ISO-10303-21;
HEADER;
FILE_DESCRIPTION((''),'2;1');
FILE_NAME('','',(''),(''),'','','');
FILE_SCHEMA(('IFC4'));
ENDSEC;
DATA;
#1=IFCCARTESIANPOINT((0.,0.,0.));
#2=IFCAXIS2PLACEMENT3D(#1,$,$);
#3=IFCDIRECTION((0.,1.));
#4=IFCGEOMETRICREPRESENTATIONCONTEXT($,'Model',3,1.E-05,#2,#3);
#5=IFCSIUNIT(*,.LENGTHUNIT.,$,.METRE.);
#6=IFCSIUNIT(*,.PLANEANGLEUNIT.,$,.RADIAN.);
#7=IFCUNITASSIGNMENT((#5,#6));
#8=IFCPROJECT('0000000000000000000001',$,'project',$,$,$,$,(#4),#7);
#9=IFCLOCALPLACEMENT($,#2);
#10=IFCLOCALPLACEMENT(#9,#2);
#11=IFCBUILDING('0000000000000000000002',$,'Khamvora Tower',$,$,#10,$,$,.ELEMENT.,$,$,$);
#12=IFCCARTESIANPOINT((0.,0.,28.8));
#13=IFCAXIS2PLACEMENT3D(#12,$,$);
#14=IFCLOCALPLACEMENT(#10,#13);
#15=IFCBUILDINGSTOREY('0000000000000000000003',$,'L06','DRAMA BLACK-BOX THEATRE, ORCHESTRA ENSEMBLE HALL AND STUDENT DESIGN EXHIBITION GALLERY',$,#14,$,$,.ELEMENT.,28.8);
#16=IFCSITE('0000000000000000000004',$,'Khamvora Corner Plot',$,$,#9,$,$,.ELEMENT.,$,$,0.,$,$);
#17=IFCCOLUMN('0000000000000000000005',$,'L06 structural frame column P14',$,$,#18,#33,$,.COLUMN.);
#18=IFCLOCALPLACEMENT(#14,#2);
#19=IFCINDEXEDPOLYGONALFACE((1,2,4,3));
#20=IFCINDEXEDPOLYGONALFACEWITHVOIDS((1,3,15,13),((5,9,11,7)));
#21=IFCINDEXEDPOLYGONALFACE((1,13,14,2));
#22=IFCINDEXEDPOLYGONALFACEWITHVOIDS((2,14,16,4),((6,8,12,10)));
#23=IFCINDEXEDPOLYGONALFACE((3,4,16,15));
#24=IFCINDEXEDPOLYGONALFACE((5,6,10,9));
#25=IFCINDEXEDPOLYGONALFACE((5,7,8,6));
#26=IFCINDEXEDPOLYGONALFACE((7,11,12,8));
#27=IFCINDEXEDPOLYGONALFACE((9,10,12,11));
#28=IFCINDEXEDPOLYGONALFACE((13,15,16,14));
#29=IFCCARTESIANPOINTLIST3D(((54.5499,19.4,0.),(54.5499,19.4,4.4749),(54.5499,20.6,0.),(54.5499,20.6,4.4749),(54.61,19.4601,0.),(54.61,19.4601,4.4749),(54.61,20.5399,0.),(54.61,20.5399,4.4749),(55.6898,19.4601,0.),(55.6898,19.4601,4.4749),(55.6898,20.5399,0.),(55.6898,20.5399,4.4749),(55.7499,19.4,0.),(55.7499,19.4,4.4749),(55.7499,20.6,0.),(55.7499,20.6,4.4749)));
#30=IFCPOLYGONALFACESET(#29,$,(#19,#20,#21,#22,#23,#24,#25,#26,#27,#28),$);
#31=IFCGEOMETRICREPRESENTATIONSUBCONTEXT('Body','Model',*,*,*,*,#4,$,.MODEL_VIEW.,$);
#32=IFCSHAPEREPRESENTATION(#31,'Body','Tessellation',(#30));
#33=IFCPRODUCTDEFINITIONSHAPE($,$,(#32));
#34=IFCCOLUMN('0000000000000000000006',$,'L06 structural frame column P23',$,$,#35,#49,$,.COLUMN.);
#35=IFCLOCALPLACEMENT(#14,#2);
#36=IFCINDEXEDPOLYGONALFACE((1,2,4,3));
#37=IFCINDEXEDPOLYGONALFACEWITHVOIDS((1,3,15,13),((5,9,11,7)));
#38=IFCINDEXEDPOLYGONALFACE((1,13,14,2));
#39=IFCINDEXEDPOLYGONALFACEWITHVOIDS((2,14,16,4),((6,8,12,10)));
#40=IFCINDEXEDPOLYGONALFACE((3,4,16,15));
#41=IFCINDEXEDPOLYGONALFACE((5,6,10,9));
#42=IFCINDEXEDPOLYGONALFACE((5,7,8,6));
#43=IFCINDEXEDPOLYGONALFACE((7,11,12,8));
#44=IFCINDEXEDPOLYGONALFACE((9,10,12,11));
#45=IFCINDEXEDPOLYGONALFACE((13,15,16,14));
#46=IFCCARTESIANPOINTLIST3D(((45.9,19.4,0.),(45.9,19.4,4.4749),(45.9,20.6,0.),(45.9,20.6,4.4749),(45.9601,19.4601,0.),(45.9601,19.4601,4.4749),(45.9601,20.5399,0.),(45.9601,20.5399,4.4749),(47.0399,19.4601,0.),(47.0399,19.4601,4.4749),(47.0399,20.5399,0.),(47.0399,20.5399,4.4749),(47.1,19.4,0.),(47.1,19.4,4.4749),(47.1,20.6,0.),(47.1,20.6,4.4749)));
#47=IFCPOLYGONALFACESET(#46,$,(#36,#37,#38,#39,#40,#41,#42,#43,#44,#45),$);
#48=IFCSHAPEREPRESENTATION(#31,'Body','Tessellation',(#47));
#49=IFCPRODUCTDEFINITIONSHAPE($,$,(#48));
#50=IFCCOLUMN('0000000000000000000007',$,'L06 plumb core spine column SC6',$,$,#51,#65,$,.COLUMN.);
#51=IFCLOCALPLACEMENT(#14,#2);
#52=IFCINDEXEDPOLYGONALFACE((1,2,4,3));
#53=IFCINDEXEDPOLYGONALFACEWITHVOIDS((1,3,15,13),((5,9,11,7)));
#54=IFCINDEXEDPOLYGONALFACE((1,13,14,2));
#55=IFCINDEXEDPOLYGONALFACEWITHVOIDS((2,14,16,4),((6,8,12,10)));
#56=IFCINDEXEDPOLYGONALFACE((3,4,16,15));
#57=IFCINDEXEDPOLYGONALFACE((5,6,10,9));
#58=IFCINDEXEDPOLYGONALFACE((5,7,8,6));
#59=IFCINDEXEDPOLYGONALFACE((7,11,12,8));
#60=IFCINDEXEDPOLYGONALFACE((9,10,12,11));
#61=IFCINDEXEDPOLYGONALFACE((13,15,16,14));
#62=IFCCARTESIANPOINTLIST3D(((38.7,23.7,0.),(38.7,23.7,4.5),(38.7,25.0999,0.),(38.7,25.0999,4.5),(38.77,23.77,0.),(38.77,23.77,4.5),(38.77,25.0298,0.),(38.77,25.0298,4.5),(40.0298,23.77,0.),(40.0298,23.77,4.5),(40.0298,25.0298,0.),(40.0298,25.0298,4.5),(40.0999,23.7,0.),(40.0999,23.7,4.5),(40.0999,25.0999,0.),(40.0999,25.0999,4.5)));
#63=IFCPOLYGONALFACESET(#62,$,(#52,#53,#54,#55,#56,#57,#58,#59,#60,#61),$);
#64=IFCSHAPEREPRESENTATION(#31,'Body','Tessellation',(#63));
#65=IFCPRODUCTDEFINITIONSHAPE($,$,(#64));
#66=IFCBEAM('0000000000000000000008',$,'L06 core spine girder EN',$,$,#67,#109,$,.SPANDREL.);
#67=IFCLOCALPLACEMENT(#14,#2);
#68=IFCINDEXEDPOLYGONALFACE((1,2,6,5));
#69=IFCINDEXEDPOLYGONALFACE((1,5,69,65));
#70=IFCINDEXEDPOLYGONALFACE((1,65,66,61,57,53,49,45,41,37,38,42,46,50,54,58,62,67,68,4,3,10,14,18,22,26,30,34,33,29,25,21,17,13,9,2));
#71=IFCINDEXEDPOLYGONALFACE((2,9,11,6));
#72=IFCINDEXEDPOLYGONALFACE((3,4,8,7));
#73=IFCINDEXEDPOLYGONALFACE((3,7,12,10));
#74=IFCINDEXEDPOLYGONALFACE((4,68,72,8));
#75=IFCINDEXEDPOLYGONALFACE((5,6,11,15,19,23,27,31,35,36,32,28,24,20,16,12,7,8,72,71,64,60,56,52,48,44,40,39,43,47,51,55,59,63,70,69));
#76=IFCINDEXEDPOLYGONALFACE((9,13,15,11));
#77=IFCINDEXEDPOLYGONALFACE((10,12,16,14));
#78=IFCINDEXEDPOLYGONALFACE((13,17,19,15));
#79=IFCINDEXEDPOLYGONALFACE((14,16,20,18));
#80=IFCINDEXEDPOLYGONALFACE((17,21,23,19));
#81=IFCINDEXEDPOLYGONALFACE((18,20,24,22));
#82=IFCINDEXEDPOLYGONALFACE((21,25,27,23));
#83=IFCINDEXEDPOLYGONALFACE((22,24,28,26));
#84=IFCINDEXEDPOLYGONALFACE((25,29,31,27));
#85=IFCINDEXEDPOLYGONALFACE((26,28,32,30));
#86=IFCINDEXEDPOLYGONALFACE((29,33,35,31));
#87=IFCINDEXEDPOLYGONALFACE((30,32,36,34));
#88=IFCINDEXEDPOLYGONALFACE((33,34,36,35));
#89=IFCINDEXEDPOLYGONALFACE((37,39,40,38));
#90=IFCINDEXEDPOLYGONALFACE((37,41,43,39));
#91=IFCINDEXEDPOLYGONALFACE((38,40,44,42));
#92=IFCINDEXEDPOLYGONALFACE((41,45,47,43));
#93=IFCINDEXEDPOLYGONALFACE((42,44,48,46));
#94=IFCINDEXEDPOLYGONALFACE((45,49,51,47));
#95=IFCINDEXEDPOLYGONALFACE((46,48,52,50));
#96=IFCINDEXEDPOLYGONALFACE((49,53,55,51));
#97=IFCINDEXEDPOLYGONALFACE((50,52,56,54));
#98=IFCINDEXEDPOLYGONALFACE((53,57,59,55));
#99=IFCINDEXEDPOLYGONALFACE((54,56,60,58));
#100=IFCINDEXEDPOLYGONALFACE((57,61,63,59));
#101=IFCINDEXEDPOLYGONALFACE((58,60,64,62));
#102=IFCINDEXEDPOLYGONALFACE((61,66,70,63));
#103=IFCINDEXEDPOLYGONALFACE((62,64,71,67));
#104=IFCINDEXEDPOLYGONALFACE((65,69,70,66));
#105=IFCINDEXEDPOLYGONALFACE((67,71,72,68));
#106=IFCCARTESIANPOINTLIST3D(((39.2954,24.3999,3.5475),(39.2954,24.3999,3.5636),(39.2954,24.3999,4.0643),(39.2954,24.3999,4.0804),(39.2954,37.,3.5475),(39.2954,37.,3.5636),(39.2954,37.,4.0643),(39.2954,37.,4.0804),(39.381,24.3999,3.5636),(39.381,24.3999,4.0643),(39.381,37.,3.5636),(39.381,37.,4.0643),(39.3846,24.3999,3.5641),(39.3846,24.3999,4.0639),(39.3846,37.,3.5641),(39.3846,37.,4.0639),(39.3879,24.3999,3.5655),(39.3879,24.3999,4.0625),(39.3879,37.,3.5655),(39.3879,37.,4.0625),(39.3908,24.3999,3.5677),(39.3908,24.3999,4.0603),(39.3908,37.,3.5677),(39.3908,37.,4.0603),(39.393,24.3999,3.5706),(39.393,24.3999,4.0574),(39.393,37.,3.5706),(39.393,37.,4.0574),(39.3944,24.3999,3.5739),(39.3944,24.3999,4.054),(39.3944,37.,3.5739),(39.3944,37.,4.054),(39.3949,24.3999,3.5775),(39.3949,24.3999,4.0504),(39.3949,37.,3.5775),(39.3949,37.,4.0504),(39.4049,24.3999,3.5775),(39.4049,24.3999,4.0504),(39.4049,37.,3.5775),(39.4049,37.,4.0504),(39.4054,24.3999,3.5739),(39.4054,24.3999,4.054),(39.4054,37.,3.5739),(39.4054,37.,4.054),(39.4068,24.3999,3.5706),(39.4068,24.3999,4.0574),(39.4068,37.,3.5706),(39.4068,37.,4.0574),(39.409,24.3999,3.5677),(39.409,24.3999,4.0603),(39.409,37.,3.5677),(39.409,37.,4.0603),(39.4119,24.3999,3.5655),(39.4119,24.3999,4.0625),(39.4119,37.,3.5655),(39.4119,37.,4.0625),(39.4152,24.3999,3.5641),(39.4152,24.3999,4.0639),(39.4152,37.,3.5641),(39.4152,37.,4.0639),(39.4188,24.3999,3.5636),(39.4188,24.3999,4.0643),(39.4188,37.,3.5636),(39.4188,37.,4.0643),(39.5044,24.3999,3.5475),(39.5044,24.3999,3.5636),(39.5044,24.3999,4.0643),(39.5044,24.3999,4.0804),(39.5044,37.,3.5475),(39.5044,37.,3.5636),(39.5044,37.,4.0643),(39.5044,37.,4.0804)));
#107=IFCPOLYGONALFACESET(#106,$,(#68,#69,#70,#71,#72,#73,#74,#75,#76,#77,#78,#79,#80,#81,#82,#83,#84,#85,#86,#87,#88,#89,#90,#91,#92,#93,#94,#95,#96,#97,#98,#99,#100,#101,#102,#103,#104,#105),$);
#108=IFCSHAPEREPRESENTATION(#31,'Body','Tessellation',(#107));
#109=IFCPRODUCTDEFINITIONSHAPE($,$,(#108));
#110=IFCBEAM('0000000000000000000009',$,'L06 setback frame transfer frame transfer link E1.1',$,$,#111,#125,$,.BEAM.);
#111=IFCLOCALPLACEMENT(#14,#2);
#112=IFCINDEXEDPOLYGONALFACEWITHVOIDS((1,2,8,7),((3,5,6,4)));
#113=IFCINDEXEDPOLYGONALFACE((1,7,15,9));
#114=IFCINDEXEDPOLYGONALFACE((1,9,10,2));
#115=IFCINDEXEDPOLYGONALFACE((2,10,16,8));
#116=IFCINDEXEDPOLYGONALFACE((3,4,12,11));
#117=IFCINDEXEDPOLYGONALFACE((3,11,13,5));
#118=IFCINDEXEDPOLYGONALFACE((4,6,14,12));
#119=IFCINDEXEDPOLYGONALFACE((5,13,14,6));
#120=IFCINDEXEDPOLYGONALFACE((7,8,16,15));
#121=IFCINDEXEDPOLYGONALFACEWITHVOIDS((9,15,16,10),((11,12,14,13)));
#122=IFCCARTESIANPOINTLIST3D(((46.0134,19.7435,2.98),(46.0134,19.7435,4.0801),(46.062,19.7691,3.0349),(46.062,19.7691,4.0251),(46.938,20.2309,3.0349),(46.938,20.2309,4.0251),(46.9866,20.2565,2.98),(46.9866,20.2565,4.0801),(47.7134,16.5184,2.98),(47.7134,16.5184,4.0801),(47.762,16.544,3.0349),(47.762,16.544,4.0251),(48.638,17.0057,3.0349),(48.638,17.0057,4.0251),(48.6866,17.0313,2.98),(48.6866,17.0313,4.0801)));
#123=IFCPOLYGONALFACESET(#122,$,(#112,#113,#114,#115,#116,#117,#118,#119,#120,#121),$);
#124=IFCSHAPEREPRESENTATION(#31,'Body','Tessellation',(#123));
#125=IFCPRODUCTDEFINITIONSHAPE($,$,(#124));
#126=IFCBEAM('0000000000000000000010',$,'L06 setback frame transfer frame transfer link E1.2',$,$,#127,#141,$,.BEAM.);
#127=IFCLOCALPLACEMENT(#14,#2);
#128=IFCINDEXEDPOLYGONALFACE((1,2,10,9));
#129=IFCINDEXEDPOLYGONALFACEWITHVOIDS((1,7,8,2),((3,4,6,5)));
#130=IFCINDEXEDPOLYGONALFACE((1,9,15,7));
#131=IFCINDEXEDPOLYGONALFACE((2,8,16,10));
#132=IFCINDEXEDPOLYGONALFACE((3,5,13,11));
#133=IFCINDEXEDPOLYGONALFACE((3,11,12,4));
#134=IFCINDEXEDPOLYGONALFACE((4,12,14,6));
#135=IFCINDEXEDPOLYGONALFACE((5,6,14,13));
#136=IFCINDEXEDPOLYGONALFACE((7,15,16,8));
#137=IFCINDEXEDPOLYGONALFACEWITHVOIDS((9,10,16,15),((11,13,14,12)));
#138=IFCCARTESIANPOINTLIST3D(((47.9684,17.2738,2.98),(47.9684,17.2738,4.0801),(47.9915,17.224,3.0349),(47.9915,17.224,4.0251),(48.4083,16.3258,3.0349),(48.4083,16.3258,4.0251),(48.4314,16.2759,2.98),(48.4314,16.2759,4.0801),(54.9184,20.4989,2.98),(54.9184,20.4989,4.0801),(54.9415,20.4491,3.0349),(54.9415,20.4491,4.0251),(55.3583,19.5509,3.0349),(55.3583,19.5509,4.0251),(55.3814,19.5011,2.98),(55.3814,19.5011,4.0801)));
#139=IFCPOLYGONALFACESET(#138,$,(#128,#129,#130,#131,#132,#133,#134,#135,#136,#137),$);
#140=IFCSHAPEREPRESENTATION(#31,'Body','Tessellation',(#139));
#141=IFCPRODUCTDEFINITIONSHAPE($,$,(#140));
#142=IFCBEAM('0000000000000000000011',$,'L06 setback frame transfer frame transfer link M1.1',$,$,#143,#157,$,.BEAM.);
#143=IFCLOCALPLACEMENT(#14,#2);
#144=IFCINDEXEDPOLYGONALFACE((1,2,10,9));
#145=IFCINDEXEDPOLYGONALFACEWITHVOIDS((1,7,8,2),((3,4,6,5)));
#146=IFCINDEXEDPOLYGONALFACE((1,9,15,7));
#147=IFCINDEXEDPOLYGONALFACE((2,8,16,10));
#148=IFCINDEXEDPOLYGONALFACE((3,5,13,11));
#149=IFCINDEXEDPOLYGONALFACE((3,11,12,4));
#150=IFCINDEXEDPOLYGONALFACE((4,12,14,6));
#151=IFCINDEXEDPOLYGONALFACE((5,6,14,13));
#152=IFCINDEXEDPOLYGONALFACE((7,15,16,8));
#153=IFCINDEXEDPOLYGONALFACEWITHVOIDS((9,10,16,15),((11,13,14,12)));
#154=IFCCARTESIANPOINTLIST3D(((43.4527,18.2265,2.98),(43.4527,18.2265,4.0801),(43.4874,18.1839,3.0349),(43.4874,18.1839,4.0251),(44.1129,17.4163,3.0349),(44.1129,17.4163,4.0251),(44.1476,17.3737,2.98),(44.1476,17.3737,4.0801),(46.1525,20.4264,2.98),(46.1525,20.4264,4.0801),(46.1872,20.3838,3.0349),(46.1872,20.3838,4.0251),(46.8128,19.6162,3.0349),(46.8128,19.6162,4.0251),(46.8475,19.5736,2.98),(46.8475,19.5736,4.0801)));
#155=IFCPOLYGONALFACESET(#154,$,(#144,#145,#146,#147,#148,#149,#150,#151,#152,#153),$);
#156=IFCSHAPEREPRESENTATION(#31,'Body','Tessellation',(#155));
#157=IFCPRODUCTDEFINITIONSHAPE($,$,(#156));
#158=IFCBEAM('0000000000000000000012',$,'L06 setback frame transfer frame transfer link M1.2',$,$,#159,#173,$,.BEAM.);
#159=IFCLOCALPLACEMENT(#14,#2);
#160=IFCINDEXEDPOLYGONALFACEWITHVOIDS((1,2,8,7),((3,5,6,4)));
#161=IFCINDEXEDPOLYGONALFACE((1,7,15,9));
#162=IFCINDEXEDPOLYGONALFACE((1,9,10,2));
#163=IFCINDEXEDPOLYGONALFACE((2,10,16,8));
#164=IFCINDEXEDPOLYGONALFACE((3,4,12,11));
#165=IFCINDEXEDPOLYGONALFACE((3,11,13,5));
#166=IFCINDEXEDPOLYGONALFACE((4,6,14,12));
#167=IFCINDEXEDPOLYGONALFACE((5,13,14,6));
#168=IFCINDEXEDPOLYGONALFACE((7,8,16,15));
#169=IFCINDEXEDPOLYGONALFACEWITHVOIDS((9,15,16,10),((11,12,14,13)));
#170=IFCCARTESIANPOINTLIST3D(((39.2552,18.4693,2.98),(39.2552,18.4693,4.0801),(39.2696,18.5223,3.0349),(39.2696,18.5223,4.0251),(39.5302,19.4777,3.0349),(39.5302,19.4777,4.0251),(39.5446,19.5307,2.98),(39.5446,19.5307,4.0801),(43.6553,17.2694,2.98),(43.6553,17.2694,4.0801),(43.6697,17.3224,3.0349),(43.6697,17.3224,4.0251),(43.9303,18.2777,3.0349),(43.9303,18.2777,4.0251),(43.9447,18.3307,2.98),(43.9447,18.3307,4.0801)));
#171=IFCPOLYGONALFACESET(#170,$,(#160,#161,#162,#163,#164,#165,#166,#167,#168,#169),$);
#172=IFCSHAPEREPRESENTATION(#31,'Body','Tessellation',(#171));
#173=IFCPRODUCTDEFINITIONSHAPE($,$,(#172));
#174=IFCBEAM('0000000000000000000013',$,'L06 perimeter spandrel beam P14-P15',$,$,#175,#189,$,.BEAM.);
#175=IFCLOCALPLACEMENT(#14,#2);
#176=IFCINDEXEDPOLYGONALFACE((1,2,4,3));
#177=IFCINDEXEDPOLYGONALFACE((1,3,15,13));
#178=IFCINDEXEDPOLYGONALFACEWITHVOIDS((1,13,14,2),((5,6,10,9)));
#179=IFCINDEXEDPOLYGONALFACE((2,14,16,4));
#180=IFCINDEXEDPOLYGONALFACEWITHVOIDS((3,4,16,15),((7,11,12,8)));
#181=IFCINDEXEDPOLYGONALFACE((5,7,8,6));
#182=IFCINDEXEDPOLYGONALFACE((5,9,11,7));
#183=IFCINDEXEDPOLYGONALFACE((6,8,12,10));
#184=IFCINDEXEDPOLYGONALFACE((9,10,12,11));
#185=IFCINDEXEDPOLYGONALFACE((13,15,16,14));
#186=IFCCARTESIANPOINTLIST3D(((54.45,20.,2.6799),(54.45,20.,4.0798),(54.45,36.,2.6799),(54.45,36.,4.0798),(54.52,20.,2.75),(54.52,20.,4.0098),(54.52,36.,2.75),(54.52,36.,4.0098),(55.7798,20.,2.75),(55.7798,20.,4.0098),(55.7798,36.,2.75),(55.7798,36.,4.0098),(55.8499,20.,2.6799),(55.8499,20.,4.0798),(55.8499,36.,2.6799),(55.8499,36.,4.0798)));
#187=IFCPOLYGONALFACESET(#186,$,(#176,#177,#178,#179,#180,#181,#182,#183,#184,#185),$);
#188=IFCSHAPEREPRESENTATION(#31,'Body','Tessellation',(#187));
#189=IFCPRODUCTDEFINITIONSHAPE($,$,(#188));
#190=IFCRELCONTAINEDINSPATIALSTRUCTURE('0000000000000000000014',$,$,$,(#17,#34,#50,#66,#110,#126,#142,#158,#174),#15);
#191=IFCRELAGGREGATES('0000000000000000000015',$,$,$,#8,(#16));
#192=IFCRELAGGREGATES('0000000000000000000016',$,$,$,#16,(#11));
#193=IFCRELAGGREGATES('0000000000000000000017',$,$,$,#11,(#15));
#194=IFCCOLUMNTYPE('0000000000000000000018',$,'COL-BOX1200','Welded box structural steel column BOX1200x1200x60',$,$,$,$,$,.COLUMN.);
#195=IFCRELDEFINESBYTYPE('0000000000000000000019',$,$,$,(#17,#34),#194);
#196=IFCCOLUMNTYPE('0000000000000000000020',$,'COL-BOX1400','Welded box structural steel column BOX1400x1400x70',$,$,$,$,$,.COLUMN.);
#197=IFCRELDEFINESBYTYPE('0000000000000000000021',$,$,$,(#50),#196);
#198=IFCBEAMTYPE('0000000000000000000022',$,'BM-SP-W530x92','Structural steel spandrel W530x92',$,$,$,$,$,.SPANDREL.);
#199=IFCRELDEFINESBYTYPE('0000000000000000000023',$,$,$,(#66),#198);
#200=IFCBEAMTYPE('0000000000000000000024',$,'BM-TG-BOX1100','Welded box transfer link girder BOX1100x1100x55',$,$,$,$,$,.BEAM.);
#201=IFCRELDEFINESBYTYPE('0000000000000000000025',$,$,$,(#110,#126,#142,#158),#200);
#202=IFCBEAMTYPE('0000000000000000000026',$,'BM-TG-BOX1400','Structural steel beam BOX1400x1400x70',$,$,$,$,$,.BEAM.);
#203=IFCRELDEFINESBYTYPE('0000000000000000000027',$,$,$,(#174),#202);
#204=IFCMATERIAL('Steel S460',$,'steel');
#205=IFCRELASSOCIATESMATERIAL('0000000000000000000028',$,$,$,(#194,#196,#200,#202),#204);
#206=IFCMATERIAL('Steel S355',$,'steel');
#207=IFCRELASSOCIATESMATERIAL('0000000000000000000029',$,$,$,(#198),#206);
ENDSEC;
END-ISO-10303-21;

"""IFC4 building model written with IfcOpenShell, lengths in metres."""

from ifc_helpers import new_model, si_unit, direction, frame, origin, origin_2d, place, context, subcontext, project, spatial, hollow_rectangle, i_section, extrude, material, material_profile, profile_set, type_object, element, save


model = new_model("IFC4")

# Units and contexts
model_context = context("Model", 3, precision=1e-05, world=origin(), true_north=direction((0.0, 1.0)))
body_context = subcontext(model_context, "Body", "Model", "MODEL_VIEW")
ifc_project = project(units=[si_unit("LENGTHUNIT", "METRE"), si_unit("PLANEANGLEUNIT", "RADIAN")], contexts=[model_context])

# Site, building, storey
site_placement = place(None, origin())
site = spatial("IfcSite", under=ifc_project, at=site_placement, Name="Khamvora Corner Plot", CompositionType="ELEMENT", RefElevation=0.0)
building_placement = place(site_placement, origin())
building = spatial("IfcBuilding", under=site, at=building_placement, Name="Khamvora Tower", CompositionType="ELEMENT")
storey_placement = place(building_placement, frame((0.0, 0.0, 28.8)))
storey = spatial("IfcBuildingStorey", under=building, at=storey_placement, Name="L06", Description="DRAMA BLACK-BOX THEATRE, ORCHESTRA ENSEMBLE HALL AND STUDENT DESIGN EXHIBITION GALLERY", CompositionType="ELEMENT", Elevation=28.8)

# Columns
ifc_material_1 = material(Name="Steel S460", Category="steel")
ifc_material_profile_1 = material_profile(ifc_material_1, hollow_rectangle(XDim=1.2, YDim=1.2, WallThickness=0.0601, at=origin_2d()), Name="BOX1200x1200x60")
ifc_profile_set_1 = profile_set([ifc_material_profile_1], Name="Steel S460")
column_type_1 = type_object("IfcColumnType", Name="COL-BOX1200", Description="Welded box structural steel column BOX1200x1200x60", PredefinedType="COLUMN", material=ifc_profile_set_1)
for number, where, z_axis, x_axis, name in (
    (1, (55.1499, 20.0, 0.0), (0.0, 0.0, 1.0), (1.0, 0.0, 0.0), "L06 structural frame column P14"),
    (2, (46.5, 20.0, 0.0), (0.0, 0.0, 1.0), (1.0, 0.0, 0.0), "L06 structural frame column P23"),
):
    element("IfcColumn", number, at=place(storey_placement, frame(where, z_axis=z_axis, x_axis=x_axis)), inside=storey, type_object=column_type_1, Name=name, PredefinedType="COLUMN", context=body_context, shape_type="SweptSolid", body=[
        extrude(hollow_rectangle(XDim=1.2, YDim=1.2, WallThickness=0.0601, at=origin_2d()), origin(), (0.0, 0.0, 1.0), 4.4749),
    ])
ifc_material_profile_2 = material_profile(ifc_material_1, hollow_rectangle(XDim=1.3999, YDim=1.3999, WallThickness=0.0701, at=origin_2d()), Name="BOX1400x1400x70")
ifc_profile_set_2 = profile_set([ifc_material_profile_2], Name="Steel S460")
column_type_2 = type_object("IfcColumnType", Name="COL-BOX1400", Description="Welded box structural steel column BOX1400x1400x70", PredefinedType="COLUMN", material=ifc_profile_set_2)
column_placement = place(storey_placement, frame((39.3999, 24.3999, 0.0), z_axis=(0.0, 0.0, 1.0), x_axis=(1.0, 0.0, 0.0)))
element("IfcColumn", 3, at=column_placement, inside=storey, type_object=column_type_2, Name="L06 plumb core spine column SC6", PredefinedType="COLUMN", context=body_context, shape_type="SweptSolid", body=[
    extrude(hollow_rectangle(XDim=1.3999, YDim=1.3999, WallThickness=0.0701, at=origin_2d()), origin(), (0.0, 0.0, 1.0), 4.5),
])

# Beams
ifc_material_2 = material(Name="Steel S355", Category="steel")
ifc_material_profile_3 = material_profile(ifc_material_2, i_section(OverallWidth=0.209, OverallDepth=0.533, WebThickness=0.01, FlangeThickness=0.0161, FilletRadius=0.0139, at=origin_2d()), Name="W530x92")
ifc_profile_set_3 = profile_set([ifc_material_profile_3], Name="Steel S355")
beam_type_1 = type_object("IfcBeamType", Name="BM-SP-W530x92", Description="Structural steel spandrel W530x92", PredefinedType="SPANDREL", material=ifc_profile_set_3)
beam_1_placement = place(storey_placement, frame((39.3999, 24.3999, 3.814), z_axis=(0.0, 1.0, 0.0), x_axis=(-1.0, 0.0, 0.0)))
element("IfcBeam", 4, at=beam_1_placement, inside=storey, type_object=beam_type_1, Name="L06 core spine girder EN", PredefinedType="SPANDREL", context=body_context, shape_type="SweptSolid", body=[
    extrude(i_section(OverallWidth=0.209, OverallDepth=0.533, WebThickness=0.01, FlangeThickness=0.0161, FilletRadius=0.0139, at=origin_2d()), origin(), (0.0, 0.0, 1.0), 12.6001),
])
ifc_material_profile_4 = material_profile(ifc_material_1, hollow_rectangle(XDim=1.1001, YDim=1.1001, WallThickness=0.0549, at=origin_2d()), Name="BOX1100x1100x55")
ifc_profile_set_4 = profile_set([ifc_material_profile_4], Name="Steel S460")
beam_type_2 = type_object("IfcBeamType", Name="BM-TG-BOX1100", Description="Welded box transfer link girder BOX1100x1100x55", PredefinedType="BEAM", material=ifc_profile_set_4)
beam_2_placement = place(storey_placement, frame((46.5, 20.0, 3.53), z_axis=(0.46629, -0.884632, 0.0), x_axis=(0.884632, 0.46629, 0.0)))
element("IfcBeam", 5, at=beam_2_placement, inside=storey, type_object=beam_type_2, Name="L06 setback frame transfer frame transfer link E1.1", PredefinedType="BEAM", context=body_context, shape_type="SweptSolid", body=[
    extrude(hollow_rectangle(XDim=1.1001, YDim=1.1001, WallThickness=0.0549, at=origin_2d()), origin(), (0.0, 0.0, 1.0), 3.6458),
])
beam_3_placement = place(storey_placement, frame((55.1499, 20.0, 3.53), z_axis=(-0.907092, -0.420932, 0.0), x_axis=(0.420932, -0.907092, 0.0)))
element("IfcBeam", 6, at=beam_3_placement, inside=storey, type_object=beam_type_2, Name="L06 setback frame transfer frame transfer link E1.2", PredefinedType="BEAM", context=body_context, shape_type="SweptSolid", body=[
    extrude(hollow_rectangle(XDim=1.1001, YDim=1.1001, WallThickness=0.0549, at=origin_2d()), origin(), (0.0, 0.0, 1.0), 7.6619),
])
beam_4_placement = place(storey_placement, frame((46.5, 20.0, 3.53), z_axis=(-0.775236, -0.631671, 0.0), x_axis=(0.631671, -0.775236, 0.0)))
element("IfcBeam", 7, at=beam_4_placement, inside=storey, type_object=beam_type_2, Name="L06 setback frame transfer frame transfer link M1.1", PredefinedType="BEAM", context=body_context, shape_type="SweptSolid", body=[
    extrude(hollow_rectangle(XDim=1.1001, YDim=1.1001, WallThickness=0.0549, at=origin_2d()), origin(), (0.0, 0.0, 1.0), 3.4827),
])
beam_5_placement = place(storey_placement, frame((39.3999, 19.0, 3.53), z_axis=(0.964769, -0.263099, 0.0), x_axis=(0.263099, 0.964769, 0.0)))
element("IfcBeam", 8, at=beam_5_placement, inside=storey, type_object=beam_type_2, Name="L06 setback frame transfer frame transfer link M1.2", PredefinedType="BEAM", context=body_context, shape_type="SweptSolid", body=[
    extrude(hollow_rectangle(XDim=1.1001, YDim=1.1001, WallThickness=0.0549, at=origin_2d()), origin(), (0.0, 0.0, 1.0), 4.5608),
])
ifc_material_profile_5 = material_profile(ifc_material_1, hollow_rectangle(XDim=1.3999, YDim=1.3999, WallThickness=0.0701, at=origin_2d()), Name="BOX1400x1400x70")
ifc_profile_set_5 = profile_set([ifc_material_profile_5], Name="Steel S460")
beam_type_3 = type_object("IfcBeamType", Name="BM-TG-BOX1400", Description="Structural steel beam BOX1400x1400x70", PredefinedType="BEAM", material=ifc_profile_set_5)
for number, where, z_axis, x_axis, name in (
    (9, (55.1499, 20.0, 3.3799), (0.0, 1.0, 0.0), (-1.0, 0.0, 0.0), "L06 perimeter spandrel beam P14-P15"),
):
    element("IfcBeam", number, at=place(storey_placement, frame(where, z_axis=z_axis, x_axis=x_axis)), inside=storey, type_object=beam_type_3, Name=name, PredefinedType="BEAM", context=body_context, shape_type="SweptSolid", body=[
        extrude(hollow_rectangle(XDim=1.3999, YDim=1.3999, WallThickness=0.0701, at=origin_2d()), origin(), (0.0, 0.0, 1.0), 16.0),
    ])

save(model, "model.ifc")
